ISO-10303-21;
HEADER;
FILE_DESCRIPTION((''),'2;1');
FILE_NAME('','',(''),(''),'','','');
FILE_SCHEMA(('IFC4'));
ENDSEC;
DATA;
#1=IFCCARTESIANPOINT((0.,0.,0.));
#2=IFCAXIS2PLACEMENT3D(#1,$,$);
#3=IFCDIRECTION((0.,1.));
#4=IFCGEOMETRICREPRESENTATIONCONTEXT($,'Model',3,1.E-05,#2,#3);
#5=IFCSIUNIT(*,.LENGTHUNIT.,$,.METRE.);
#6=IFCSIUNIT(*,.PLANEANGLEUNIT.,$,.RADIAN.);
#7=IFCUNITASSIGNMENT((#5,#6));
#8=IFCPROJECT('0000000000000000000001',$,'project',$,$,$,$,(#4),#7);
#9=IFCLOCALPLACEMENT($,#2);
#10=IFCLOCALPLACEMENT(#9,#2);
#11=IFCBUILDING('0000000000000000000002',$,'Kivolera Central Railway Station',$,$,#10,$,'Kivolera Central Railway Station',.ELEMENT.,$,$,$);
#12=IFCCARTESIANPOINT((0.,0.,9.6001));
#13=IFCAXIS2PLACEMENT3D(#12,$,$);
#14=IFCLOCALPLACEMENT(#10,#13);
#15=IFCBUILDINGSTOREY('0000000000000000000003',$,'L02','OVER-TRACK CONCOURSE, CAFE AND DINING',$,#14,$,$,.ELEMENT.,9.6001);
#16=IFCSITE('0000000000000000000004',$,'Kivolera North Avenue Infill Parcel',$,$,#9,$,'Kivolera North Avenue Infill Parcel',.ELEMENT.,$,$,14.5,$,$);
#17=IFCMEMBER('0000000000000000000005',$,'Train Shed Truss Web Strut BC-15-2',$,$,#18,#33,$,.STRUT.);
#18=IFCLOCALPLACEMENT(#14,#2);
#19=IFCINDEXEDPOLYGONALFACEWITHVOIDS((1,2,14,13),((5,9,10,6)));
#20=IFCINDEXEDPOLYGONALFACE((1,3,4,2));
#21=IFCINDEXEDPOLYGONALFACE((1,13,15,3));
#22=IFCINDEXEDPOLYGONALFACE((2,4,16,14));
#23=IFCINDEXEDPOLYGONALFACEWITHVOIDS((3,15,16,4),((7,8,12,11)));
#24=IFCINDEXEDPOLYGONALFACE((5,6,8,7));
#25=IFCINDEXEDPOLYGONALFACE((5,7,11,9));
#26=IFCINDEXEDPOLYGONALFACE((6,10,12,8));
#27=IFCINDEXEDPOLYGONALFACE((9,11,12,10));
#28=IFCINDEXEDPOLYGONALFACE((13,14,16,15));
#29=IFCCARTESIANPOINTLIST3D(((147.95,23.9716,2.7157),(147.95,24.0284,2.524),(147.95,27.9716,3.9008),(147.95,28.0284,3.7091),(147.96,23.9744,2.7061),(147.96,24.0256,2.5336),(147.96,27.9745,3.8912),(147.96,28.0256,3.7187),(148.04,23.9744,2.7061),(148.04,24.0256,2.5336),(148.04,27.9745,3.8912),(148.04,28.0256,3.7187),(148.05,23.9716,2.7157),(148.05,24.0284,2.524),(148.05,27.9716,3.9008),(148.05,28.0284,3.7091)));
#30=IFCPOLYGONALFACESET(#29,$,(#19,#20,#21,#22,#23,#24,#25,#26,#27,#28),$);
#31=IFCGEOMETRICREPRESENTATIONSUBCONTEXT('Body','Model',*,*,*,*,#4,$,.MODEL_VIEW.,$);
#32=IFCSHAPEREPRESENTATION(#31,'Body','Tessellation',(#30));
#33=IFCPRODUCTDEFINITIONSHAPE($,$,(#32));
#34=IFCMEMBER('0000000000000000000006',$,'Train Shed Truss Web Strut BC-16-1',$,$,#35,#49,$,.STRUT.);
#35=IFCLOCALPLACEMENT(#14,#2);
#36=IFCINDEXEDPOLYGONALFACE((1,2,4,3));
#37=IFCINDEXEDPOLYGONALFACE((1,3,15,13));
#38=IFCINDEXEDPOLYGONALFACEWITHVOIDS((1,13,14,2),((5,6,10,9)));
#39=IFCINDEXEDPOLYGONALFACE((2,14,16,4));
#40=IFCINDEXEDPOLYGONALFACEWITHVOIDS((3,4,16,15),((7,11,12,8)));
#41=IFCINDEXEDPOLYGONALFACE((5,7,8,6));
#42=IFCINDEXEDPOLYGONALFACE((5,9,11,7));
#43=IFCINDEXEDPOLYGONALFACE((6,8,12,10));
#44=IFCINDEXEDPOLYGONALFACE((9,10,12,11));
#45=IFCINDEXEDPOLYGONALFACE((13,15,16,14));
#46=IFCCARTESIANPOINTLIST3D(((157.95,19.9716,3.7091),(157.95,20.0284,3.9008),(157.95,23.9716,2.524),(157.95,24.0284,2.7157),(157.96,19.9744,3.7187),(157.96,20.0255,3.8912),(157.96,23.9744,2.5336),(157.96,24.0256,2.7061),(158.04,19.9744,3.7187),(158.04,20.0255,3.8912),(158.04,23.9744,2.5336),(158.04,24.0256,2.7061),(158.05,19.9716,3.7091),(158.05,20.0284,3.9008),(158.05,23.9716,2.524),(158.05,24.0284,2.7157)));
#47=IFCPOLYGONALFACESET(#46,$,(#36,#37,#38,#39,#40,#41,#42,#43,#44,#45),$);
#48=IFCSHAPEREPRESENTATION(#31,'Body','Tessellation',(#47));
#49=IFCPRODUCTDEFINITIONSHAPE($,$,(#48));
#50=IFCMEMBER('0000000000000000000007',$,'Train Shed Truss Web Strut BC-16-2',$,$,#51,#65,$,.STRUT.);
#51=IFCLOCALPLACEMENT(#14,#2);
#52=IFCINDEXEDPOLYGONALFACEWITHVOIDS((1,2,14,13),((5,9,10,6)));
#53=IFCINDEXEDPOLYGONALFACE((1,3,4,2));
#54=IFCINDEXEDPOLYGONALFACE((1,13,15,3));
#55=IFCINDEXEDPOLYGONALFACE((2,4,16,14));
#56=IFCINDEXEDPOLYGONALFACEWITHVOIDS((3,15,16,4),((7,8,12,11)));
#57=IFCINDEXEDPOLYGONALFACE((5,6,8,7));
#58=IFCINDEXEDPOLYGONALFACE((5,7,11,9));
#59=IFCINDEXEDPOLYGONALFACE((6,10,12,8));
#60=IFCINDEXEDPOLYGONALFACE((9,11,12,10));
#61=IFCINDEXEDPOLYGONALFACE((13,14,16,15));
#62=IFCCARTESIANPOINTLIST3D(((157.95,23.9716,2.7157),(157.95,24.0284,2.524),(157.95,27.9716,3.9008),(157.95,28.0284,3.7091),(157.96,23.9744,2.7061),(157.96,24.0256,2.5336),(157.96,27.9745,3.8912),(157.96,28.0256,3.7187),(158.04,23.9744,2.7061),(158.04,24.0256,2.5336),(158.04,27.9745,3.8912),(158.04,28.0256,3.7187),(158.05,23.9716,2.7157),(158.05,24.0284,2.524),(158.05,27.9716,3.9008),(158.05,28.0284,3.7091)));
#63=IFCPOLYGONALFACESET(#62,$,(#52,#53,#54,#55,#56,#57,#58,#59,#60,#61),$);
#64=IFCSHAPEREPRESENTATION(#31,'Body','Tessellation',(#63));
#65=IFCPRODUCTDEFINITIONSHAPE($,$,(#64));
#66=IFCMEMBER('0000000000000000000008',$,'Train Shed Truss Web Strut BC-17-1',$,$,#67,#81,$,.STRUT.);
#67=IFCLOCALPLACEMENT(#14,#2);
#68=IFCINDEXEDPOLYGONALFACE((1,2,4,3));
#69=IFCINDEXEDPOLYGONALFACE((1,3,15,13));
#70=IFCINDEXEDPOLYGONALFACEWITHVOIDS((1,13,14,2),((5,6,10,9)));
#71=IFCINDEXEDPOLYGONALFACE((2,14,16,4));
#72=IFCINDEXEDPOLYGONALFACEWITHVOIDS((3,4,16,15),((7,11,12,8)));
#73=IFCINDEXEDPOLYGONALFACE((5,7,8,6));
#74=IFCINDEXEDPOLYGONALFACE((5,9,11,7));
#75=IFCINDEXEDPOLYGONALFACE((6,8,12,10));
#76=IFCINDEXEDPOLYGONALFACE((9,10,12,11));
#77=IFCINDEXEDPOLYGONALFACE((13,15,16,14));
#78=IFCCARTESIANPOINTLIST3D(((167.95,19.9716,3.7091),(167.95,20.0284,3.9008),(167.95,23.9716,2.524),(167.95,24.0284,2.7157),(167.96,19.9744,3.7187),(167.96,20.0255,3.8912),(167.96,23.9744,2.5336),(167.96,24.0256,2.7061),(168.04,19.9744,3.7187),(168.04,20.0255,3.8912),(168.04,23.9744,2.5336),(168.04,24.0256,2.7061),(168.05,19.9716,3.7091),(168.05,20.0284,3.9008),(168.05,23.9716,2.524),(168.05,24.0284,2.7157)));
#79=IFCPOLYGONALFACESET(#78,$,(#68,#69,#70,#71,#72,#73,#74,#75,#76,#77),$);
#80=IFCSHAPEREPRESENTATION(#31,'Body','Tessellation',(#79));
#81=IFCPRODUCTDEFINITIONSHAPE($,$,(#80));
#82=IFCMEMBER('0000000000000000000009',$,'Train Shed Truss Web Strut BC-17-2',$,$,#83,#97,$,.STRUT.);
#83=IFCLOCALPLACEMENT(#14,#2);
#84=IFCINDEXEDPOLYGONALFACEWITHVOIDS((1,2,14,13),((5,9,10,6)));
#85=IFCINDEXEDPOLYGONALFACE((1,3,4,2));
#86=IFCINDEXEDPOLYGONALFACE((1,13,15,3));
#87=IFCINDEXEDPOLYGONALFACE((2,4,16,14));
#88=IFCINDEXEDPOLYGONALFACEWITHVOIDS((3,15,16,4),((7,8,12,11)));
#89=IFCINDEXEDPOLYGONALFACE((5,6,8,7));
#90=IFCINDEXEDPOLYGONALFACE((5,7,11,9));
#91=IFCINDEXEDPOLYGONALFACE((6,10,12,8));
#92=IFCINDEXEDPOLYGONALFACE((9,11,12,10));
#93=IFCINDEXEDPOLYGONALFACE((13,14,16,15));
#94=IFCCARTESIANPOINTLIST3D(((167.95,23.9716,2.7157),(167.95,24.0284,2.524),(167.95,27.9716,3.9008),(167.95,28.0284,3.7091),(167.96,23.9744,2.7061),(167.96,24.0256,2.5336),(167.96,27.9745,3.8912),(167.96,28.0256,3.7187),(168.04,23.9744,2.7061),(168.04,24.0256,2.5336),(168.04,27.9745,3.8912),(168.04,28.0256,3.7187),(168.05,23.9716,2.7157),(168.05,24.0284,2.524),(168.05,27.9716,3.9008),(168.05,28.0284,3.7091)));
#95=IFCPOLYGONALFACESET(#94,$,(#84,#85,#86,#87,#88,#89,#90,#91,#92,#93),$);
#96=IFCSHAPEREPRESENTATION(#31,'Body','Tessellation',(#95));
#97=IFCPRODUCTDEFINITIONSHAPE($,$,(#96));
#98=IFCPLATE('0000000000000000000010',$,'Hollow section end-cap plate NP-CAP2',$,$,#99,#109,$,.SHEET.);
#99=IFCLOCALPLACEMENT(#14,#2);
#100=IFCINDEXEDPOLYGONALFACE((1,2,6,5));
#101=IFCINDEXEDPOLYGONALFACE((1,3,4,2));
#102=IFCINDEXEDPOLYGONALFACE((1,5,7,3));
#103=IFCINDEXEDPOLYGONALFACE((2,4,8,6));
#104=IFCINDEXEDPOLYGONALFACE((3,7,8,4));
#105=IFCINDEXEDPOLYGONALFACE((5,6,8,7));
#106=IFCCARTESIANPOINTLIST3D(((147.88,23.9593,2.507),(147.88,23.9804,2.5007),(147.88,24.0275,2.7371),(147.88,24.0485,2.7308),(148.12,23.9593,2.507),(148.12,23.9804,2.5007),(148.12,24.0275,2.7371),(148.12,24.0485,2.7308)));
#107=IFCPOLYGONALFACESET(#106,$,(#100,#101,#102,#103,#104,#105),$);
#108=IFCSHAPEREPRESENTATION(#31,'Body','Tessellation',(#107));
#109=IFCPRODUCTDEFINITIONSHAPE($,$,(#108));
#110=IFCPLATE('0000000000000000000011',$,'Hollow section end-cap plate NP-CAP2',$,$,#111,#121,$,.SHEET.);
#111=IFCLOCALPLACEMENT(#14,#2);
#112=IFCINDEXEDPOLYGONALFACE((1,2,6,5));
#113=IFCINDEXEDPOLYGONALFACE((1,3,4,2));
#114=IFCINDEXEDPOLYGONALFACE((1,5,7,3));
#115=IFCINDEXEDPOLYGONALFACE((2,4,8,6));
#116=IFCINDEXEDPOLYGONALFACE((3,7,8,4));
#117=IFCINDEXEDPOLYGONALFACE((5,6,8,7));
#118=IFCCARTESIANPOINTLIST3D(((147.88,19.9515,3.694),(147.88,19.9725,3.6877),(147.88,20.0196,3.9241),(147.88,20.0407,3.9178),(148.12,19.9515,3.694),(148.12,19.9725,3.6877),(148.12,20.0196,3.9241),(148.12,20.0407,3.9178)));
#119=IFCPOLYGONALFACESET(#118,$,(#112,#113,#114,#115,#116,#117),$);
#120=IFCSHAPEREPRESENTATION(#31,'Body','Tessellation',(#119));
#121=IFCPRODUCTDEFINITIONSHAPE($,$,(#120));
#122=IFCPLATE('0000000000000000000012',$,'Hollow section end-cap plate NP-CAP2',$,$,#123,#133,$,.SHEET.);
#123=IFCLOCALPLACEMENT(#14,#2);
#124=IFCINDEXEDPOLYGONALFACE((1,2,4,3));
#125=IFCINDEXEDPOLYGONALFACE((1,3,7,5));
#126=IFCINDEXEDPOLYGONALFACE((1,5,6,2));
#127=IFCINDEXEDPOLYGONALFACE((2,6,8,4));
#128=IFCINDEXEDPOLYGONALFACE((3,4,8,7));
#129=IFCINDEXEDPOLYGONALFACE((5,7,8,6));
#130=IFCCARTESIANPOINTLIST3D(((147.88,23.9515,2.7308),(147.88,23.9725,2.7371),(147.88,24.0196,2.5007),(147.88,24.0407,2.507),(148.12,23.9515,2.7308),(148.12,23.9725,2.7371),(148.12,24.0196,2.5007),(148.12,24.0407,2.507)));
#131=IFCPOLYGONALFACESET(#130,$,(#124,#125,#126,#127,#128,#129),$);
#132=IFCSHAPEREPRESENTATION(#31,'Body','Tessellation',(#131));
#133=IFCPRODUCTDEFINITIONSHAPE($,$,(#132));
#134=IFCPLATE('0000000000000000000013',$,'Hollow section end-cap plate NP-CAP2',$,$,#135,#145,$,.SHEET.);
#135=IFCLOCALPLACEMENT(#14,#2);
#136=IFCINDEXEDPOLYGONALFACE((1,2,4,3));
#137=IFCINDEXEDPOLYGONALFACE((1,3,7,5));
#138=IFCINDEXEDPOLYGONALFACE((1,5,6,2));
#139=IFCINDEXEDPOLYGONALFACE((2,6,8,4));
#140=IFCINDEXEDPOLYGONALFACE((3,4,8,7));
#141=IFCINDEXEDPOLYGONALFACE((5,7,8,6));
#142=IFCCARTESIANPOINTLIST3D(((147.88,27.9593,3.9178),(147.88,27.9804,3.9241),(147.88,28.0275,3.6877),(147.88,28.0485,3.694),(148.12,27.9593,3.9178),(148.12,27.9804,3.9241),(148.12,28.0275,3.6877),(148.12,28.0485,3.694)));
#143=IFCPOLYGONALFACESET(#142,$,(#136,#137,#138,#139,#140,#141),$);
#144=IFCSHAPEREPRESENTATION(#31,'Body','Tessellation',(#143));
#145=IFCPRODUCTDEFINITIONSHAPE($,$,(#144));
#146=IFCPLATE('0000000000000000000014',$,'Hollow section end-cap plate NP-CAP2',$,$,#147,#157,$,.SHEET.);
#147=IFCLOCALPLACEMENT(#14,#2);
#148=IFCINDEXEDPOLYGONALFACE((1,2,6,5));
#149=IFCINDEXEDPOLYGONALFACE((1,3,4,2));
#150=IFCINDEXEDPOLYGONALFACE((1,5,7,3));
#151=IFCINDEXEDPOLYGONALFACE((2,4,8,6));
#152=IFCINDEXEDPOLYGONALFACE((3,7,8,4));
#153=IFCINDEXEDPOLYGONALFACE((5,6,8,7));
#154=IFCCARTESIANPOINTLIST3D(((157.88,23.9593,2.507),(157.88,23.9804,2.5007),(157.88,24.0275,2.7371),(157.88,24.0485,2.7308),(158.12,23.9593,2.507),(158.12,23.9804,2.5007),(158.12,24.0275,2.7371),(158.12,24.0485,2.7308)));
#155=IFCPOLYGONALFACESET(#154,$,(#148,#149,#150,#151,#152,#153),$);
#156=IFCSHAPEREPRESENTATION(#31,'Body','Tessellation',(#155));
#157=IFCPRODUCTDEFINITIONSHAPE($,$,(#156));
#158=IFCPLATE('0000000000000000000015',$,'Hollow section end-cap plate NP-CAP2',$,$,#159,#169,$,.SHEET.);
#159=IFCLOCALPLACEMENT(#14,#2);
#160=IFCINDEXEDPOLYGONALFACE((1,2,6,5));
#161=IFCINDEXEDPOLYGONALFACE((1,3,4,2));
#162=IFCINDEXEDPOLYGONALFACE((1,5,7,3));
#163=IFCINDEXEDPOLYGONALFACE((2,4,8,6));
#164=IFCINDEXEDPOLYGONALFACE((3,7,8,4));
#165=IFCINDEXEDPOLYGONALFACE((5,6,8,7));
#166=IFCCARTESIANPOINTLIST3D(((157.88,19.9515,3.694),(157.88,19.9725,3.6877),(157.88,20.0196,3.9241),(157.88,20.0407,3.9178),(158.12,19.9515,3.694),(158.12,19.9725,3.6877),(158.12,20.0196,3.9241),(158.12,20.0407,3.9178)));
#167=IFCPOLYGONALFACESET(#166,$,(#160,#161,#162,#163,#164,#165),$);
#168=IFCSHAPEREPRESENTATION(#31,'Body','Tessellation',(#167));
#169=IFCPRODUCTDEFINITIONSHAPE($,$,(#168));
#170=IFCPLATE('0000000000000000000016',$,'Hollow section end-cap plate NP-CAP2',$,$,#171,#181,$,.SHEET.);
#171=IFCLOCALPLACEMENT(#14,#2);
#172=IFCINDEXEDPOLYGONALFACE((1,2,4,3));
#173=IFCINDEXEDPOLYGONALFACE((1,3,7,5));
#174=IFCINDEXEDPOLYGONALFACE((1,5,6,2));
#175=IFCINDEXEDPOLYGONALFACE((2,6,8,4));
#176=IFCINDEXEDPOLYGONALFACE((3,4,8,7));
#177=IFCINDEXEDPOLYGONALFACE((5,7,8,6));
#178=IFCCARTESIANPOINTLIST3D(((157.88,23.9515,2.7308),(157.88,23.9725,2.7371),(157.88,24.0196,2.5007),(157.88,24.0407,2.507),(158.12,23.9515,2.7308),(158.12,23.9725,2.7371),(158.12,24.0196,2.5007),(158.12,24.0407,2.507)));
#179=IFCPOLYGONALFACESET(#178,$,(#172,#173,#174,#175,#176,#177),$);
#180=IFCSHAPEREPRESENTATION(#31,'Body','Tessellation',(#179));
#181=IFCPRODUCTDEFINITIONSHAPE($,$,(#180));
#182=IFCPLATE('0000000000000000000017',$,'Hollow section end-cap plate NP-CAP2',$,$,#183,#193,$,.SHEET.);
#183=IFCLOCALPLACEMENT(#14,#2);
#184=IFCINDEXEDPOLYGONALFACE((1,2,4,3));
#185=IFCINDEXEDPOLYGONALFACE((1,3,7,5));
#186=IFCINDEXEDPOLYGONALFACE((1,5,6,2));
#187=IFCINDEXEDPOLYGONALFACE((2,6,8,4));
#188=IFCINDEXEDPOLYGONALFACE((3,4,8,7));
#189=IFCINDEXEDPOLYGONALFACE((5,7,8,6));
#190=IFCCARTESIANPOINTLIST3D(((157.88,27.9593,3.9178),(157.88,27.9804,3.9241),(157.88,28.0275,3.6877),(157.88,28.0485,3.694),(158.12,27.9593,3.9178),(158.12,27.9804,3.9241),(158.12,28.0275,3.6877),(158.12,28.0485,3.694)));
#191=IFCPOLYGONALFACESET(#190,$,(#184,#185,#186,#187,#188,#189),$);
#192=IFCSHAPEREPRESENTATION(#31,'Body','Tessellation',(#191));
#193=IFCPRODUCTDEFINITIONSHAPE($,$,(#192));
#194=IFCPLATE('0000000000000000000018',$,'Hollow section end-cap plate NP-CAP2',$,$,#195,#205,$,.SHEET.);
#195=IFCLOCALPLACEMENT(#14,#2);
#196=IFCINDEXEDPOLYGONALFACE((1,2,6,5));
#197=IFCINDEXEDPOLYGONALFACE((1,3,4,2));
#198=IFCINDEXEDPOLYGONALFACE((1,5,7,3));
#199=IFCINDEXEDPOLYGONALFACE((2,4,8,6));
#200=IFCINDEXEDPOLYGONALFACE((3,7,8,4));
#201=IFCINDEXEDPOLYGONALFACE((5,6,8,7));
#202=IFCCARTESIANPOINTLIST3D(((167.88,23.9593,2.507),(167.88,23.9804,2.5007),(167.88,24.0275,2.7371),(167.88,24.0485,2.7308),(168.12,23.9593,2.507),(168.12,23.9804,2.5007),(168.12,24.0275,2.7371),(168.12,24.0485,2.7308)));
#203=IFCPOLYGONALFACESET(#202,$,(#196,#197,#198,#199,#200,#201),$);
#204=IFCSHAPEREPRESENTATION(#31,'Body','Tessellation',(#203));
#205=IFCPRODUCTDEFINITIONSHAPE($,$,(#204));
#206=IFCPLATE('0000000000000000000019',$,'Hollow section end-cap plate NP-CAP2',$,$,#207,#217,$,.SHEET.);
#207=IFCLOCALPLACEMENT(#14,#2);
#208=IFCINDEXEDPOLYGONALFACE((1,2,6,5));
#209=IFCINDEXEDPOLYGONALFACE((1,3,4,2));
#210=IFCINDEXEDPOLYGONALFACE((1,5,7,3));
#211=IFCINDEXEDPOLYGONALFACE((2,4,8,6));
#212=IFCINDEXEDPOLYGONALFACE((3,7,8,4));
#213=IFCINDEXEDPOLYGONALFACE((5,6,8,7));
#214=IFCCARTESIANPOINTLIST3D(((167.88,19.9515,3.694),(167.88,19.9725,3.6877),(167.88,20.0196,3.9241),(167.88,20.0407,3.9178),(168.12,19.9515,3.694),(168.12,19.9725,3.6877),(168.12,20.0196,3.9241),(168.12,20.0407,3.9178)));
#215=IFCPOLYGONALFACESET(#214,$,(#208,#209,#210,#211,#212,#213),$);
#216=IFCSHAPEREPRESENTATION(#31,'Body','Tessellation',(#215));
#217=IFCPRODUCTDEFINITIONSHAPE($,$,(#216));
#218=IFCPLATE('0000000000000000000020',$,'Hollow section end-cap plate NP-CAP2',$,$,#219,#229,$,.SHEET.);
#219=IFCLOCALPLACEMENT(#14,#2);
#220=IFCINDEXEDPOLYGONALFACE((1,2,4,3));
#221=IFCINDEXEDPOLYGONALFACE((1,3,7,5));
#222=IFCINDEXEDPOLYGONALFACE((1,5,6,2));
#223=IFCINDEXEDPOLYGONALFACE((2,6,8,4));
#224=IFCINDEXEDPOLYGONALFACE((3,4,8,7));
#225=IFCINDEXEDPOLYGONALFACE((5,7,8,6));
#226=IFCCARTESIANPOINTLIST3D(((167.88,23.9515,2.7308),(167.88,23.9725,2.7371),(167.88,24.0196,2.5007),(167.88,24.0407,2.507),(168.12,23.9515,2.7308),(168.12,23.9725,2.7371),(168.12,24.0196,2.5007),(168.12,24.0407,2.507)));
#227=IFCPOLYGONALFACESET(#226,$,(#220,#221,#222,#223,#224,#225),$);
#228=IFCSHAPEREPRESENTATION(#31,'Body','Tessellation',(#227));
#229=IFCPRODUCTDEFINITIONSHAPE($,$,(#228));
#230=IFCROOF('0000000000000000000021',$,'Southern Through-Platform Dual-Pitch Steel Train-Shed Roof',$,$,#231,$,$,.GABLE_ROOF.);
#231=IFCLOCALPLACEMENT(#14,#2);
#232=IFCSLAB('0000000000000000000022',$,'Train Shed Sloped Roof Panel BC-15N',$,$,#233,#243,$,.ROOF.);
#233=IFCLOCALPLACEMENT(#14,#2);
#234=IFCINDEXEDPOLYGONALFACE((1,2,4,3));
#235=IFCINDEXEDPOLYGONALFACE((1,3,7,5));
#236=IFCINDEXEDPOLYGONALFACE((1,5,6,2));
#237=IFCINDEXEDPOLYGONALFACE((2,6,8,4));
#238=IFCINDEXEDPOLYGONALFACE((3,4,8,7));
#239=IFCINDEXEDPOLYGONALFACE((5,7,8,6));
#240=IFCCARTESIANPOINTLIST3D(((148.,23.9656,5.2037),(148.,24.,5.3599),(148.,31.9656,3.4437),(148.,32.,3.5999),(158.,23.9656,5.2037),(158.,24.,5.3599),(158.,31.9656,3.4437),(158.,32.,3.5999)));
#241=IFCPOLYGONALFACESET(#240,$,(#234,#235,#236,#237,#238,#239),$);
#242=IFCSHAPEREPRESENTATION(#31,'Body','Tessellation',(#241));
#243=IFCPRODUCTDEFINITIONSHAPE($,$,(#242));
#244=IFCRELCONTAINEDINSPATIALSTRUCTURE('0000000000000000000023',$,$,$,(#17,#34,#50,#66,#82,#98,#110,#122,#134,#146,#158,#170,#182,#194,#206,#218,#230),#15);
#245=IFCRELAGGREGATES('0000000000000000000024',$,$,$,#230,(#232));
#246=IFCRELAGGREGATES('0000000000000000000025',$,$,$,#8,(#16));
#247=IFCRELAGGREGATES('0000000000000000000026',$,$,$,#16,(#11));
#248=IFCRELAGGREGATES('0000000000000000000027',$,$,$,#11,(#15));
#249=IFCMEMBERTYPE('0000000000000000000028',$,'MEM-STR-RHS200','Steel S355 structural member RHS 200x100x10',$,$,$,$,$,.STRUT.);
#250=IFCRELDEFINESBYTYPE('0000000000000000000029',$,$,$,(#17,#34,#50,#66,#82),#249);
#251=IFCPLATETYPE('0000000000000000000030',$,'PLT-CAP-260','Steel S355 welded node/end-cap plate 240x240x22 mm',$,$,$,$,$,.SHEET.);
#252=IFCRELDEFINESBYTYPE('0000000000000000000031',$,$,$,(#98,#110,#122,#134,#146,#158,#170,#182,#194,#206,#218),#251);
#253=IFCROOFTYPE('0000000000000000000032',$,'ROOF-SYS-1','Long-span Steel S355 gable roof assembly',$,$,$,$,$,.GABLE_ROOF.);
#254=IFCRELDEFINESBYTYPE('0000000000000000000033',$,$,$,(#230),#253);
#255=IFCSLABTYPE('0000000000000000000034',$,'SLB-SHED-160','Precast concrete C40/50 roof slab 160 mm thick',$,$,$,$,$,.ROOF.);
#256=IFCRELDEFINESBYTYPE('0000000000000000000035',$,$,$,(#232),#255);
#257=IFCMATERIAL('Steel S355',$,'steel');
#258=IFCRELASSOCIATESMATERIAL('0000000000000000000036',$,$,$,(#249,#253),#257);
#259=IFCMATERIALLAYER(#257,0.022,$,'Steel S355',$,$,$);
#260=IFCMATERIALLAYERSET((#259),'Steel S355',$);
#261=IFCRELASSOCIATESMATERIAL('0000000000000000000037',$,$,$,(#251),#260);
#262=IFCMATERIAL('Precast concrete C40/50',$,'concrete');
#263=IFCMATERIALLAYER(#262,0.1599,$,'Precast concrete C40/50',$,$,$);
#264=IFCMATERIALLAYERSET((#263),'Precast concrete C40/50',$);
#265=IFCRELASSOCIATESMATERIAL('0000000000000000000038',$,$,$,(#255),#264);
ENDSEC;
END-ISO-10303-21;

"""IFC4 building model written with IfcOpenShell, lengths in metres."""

from ifc_helpers import new_model, si_unit, direction, frame, origin, origin_2d, place, context, subcontext, project, spatial, polyline, rectangle, hollow_rectangle, outline, extrude, material, layer, layer_set, material_profile, profile_set, type_object, element, aggregate, save


model = new_model("IFC4")

# Units and contexts
model_context = context("Model", 3, precision=1e-05, world=origin(), true_north=direction((0.0, 1.0)))
body_context = subcontext(model_context, "Body", "Model", "MODEL_VIEW")
ifc_project = project(units=[si_unit("LENGTHUNIT", "METRE"), si_unit("PLANEANGLEUNIT", "RADIAN")], contexts=[model_context])

# Site, building, storey
site_placement = place(None, origin())
site = spatial("IfcSite", under=ifc_project, at=site_placement, Name="Kivolera North Avenue Infill Parcel", LongName="Kivolera North Avenue Infill Parcel", CompositionType="ELEMENT", RefElevation=14.5)
building_placement = place(site_placement, origin())
building = spatial("IfcBuilding", under=site, at=building_placement, Name="Kivolera Central Railway Station", LongName="Kivolera Central Railway Station", CompositionType="ELEMENT")
storey_placement = place(building_placement, frame((0.0, 0.0, 9.6001)))
storey = spatial("IfcBuildingStorey", under=building, at=storey_placement, Name="L02", Description="OVER-TRACK CONCOURSE, CAFE AND DINING", CompositionType="ELEMENT", Elevation=9.6001)

# Shared definitions
ifc_material_1 = material(Name="Steel S355", Category="steel")

# Members
ifc_material_profile_1 = material_profile(ifc_material_1, hollow_rectangle(XDim=0.1001, YDim=0.2, WallThickness=0.01, at=origin_2d()), Name="RHS 200x100x10")
ifc_profile_set_1 = profile_set([ifc_material_profile_1], Name="Steel S355")
member_type_1 = type_object("IfcMemberType", Name="MEM-STR-RHS200", Description="Steel S355 structural member RHS 200x100x10", PredefinedType="STRUT", material=ifc_profile_set_1)
for number, where, z_axis, x_axis, name in (
    (1, (148.0, 24.0, 2.6199), (0.0, 0.958806, 0.28406), (-1.0, 0.0, 0.0), "Train Shed Truss Web Strut BC-15-2"),
    (2, (158.0, 24.0, 2.6199), (0.0, -0.958806, 0.28406), (1.0, 0.0, 0.0), "Train Shed Truss Web Strut BC-16-1"),
    (3, (158.0, 24.0, 2.6199), (0.0, 0.958806, 0.28406), (-1.0, 0.0, 0.0), "Train Shed Truss Web Strut BC-16-2"),
    (4, (168.0, 24.0, 2.6199), (0.0, -0.958806, 0.28406), (1.0, 0.0, 0.0), "Train Shed Truss Web Strut BC-17-1"),
    (5, (168.0, 24.0, 2.6199), (0.0, 0.958806, 0.28406), (-1.0, 0.0, 0.0), "Train Shed Truss Web Strut BC-17-2"),
):
    element("IfcMember", number, at=place(storey_placement, frame(where, z_axis=z_axis, x_axis=x_axis)), inside=storey, type_object=member_type_1, Name=name, PredefinedType="STRUT", context=body_context, shape_type="SweptSolid", body=[
        extrude(hollow_rectangle(XDim=0.1001, YDim=0.2, WallThickness=0.01, at=origin_2d()), origin(), (0.0, 0.0, 1.0), 4.1719),
    ])

# Plates
ifc_layer_1 = layer(ifc_material_1, 0.022, Name="Steel S355")
ifc_layer_set_1 = layer_set([ifc_layer_1], Name="Steel S355")
plate_type = type_object("IfcPlateType", Name="PLT-CAP-260", Description="Steel S355 welded node/end-cap plate 240x240x22 mm", PredefinedType="SHEET", material=ifc_layer_set_1)
for number, where, z_axis, x_axis, name in (
    (6, (148.0, 24.0039, 2.6189), (0.0, -0.95881, 0.284048), (1.0, 0.0, 0.0), "Hollow section end-cap plate NP-CAP2"),
    (7, (148.0, 19.9961, 3.8059), (0.0, -0.95881, 0.284048), (1.0, 0.0, 0.0), "Hollow section end-cap plate NP-CAP2"),
    (8, (148.0, 23.9961, 2.6189), (0.0, 0.95881, 0.284048), (-1.0, 0.0, 0.0), "Hollow section end-cap plate NP-CAP2"),
    (9, (148.0, 28.0039, 3.8059), (0.0, 0.95881, 0.284048), (-1.0, 0.0, 0.0), "Hollow section end-cap plate NP-CAP2"),
    (10, (158.0, 24.0039, 2.6189), (0.0, -0.95881, 0.284048), (1.0, 0.0, 0.0), "Hollow section end-cap plate NP-CAP2"),
    (11, (158.0, 19.9961, 3.8059), (0.0, -0.95881, 0.284048), (1.0, 0.0, 0.0), "Hollow section end-cap plate NP-CAP2"),
    (12, (158.0, 23.9961, 2.6189), (0.0, 0.95881, 0.284048), (-1.0, 0.0, 0.0), "Hollow section end-cap plate NP-CAP2"),
    (13, (158.0, 28.0039, 3.8059), (0.0, 0.95881, 0.284048), (-1.0, 0.0, 0.0), "Hollow section end-cap plate NP-CAP2"),
    (14, (168.0, 24.0039, 2.6189), (0.0, -0.95881, 0.284048), (1.0, 0.0, 0.0), "Hollow section end-cap plate NP-CAP2"),
    (15, (168.0, 19.9961, 3.8059), (0.0, -0.95881, 0.284048), (1.0, 0.0, 0.0), "Hollow section end-cap plate NP-CAP2"),
    (16, (168.0, 23.9961, 2.6189), (0.0, 0.95881, 0.284048), (-1.0, 0.0, 0.0), "Hollow section end-cap plate NP-CAP2"),
):
    element("IfcPlate", number, at=place(storey_placement, frame(where, z_axis=z_axis, x_axis=x_axis)), inside=storey, type_object=plate_type, Name=name, PredefinedType="SHEET", context=body_context, shape_type="SweptSolid", body=[
        extrude(rectangle(XDim=0.24, YDim=0.24, at=origin_2d()), frame((0.0, 0.0, -0.011)), (0.0, 0.0, 1.0), 0.022),
    ])

# Roof, slab
roof_type = type_object("IfcRoofType", Name="ROOF-SYS-1", Description="Long-span Steel S355 gable roof assembly", PredefinedType="GABLE_ROOF", material=ifc_material_1)
roof_placement = place(storey_placement, origin())
roof = element("IfcRoof", 17, at=roof_placement, inside=storey, type_object=roof_type, Name="Southern Through-Platform Dual-Pitch Steel Train-Shed Roof", PredefinedType="GABLE_ROOF")
ifc_material_2 = material(Name="Precast concrete C40/50", Category="concrete")
ifc_layer_2 = layer(ifc_material_2, 0.1599, Name="Precast concrete C40/50")
ifc_layer_set_2 = layer_set([ifc_layer_2], Name="Precast concrete C40/50")
slab_type = type_object("IfcSlabType", Name="SLB-SHED-160", Description="Precast concrete C40/50 roof slab 160 mm thick", PredefinedType="ROOF", material=ifc_layer_set_2)
slab_1_placement = place(storey_placement, frame((148.0, 24.0, 5.3599), z_axis=(0.0, 0.214863, 0.976644), x_axis=(1.0, 0.0, 0.0)))
slab_1 = element("IfcSlab", 18, at=slab_1_placement, type_object=slab_type, Name="Train Shed Sloped Roof Panel BC-15N", PredefinedType="ROOF", context=body_context, shape_type="SweptSolid", body=[
    extrude(outline(polyline([(0.0, 0.0), (10.0, 0.0), (10.0, 8.1913), (0.0, 8.1913), (0.0, 0.0)])), origin(), (0.0, 0.0, -1.0), 0.1599),
])
aggregate(roof, [slab_1])

save(model, "model.ifc")
